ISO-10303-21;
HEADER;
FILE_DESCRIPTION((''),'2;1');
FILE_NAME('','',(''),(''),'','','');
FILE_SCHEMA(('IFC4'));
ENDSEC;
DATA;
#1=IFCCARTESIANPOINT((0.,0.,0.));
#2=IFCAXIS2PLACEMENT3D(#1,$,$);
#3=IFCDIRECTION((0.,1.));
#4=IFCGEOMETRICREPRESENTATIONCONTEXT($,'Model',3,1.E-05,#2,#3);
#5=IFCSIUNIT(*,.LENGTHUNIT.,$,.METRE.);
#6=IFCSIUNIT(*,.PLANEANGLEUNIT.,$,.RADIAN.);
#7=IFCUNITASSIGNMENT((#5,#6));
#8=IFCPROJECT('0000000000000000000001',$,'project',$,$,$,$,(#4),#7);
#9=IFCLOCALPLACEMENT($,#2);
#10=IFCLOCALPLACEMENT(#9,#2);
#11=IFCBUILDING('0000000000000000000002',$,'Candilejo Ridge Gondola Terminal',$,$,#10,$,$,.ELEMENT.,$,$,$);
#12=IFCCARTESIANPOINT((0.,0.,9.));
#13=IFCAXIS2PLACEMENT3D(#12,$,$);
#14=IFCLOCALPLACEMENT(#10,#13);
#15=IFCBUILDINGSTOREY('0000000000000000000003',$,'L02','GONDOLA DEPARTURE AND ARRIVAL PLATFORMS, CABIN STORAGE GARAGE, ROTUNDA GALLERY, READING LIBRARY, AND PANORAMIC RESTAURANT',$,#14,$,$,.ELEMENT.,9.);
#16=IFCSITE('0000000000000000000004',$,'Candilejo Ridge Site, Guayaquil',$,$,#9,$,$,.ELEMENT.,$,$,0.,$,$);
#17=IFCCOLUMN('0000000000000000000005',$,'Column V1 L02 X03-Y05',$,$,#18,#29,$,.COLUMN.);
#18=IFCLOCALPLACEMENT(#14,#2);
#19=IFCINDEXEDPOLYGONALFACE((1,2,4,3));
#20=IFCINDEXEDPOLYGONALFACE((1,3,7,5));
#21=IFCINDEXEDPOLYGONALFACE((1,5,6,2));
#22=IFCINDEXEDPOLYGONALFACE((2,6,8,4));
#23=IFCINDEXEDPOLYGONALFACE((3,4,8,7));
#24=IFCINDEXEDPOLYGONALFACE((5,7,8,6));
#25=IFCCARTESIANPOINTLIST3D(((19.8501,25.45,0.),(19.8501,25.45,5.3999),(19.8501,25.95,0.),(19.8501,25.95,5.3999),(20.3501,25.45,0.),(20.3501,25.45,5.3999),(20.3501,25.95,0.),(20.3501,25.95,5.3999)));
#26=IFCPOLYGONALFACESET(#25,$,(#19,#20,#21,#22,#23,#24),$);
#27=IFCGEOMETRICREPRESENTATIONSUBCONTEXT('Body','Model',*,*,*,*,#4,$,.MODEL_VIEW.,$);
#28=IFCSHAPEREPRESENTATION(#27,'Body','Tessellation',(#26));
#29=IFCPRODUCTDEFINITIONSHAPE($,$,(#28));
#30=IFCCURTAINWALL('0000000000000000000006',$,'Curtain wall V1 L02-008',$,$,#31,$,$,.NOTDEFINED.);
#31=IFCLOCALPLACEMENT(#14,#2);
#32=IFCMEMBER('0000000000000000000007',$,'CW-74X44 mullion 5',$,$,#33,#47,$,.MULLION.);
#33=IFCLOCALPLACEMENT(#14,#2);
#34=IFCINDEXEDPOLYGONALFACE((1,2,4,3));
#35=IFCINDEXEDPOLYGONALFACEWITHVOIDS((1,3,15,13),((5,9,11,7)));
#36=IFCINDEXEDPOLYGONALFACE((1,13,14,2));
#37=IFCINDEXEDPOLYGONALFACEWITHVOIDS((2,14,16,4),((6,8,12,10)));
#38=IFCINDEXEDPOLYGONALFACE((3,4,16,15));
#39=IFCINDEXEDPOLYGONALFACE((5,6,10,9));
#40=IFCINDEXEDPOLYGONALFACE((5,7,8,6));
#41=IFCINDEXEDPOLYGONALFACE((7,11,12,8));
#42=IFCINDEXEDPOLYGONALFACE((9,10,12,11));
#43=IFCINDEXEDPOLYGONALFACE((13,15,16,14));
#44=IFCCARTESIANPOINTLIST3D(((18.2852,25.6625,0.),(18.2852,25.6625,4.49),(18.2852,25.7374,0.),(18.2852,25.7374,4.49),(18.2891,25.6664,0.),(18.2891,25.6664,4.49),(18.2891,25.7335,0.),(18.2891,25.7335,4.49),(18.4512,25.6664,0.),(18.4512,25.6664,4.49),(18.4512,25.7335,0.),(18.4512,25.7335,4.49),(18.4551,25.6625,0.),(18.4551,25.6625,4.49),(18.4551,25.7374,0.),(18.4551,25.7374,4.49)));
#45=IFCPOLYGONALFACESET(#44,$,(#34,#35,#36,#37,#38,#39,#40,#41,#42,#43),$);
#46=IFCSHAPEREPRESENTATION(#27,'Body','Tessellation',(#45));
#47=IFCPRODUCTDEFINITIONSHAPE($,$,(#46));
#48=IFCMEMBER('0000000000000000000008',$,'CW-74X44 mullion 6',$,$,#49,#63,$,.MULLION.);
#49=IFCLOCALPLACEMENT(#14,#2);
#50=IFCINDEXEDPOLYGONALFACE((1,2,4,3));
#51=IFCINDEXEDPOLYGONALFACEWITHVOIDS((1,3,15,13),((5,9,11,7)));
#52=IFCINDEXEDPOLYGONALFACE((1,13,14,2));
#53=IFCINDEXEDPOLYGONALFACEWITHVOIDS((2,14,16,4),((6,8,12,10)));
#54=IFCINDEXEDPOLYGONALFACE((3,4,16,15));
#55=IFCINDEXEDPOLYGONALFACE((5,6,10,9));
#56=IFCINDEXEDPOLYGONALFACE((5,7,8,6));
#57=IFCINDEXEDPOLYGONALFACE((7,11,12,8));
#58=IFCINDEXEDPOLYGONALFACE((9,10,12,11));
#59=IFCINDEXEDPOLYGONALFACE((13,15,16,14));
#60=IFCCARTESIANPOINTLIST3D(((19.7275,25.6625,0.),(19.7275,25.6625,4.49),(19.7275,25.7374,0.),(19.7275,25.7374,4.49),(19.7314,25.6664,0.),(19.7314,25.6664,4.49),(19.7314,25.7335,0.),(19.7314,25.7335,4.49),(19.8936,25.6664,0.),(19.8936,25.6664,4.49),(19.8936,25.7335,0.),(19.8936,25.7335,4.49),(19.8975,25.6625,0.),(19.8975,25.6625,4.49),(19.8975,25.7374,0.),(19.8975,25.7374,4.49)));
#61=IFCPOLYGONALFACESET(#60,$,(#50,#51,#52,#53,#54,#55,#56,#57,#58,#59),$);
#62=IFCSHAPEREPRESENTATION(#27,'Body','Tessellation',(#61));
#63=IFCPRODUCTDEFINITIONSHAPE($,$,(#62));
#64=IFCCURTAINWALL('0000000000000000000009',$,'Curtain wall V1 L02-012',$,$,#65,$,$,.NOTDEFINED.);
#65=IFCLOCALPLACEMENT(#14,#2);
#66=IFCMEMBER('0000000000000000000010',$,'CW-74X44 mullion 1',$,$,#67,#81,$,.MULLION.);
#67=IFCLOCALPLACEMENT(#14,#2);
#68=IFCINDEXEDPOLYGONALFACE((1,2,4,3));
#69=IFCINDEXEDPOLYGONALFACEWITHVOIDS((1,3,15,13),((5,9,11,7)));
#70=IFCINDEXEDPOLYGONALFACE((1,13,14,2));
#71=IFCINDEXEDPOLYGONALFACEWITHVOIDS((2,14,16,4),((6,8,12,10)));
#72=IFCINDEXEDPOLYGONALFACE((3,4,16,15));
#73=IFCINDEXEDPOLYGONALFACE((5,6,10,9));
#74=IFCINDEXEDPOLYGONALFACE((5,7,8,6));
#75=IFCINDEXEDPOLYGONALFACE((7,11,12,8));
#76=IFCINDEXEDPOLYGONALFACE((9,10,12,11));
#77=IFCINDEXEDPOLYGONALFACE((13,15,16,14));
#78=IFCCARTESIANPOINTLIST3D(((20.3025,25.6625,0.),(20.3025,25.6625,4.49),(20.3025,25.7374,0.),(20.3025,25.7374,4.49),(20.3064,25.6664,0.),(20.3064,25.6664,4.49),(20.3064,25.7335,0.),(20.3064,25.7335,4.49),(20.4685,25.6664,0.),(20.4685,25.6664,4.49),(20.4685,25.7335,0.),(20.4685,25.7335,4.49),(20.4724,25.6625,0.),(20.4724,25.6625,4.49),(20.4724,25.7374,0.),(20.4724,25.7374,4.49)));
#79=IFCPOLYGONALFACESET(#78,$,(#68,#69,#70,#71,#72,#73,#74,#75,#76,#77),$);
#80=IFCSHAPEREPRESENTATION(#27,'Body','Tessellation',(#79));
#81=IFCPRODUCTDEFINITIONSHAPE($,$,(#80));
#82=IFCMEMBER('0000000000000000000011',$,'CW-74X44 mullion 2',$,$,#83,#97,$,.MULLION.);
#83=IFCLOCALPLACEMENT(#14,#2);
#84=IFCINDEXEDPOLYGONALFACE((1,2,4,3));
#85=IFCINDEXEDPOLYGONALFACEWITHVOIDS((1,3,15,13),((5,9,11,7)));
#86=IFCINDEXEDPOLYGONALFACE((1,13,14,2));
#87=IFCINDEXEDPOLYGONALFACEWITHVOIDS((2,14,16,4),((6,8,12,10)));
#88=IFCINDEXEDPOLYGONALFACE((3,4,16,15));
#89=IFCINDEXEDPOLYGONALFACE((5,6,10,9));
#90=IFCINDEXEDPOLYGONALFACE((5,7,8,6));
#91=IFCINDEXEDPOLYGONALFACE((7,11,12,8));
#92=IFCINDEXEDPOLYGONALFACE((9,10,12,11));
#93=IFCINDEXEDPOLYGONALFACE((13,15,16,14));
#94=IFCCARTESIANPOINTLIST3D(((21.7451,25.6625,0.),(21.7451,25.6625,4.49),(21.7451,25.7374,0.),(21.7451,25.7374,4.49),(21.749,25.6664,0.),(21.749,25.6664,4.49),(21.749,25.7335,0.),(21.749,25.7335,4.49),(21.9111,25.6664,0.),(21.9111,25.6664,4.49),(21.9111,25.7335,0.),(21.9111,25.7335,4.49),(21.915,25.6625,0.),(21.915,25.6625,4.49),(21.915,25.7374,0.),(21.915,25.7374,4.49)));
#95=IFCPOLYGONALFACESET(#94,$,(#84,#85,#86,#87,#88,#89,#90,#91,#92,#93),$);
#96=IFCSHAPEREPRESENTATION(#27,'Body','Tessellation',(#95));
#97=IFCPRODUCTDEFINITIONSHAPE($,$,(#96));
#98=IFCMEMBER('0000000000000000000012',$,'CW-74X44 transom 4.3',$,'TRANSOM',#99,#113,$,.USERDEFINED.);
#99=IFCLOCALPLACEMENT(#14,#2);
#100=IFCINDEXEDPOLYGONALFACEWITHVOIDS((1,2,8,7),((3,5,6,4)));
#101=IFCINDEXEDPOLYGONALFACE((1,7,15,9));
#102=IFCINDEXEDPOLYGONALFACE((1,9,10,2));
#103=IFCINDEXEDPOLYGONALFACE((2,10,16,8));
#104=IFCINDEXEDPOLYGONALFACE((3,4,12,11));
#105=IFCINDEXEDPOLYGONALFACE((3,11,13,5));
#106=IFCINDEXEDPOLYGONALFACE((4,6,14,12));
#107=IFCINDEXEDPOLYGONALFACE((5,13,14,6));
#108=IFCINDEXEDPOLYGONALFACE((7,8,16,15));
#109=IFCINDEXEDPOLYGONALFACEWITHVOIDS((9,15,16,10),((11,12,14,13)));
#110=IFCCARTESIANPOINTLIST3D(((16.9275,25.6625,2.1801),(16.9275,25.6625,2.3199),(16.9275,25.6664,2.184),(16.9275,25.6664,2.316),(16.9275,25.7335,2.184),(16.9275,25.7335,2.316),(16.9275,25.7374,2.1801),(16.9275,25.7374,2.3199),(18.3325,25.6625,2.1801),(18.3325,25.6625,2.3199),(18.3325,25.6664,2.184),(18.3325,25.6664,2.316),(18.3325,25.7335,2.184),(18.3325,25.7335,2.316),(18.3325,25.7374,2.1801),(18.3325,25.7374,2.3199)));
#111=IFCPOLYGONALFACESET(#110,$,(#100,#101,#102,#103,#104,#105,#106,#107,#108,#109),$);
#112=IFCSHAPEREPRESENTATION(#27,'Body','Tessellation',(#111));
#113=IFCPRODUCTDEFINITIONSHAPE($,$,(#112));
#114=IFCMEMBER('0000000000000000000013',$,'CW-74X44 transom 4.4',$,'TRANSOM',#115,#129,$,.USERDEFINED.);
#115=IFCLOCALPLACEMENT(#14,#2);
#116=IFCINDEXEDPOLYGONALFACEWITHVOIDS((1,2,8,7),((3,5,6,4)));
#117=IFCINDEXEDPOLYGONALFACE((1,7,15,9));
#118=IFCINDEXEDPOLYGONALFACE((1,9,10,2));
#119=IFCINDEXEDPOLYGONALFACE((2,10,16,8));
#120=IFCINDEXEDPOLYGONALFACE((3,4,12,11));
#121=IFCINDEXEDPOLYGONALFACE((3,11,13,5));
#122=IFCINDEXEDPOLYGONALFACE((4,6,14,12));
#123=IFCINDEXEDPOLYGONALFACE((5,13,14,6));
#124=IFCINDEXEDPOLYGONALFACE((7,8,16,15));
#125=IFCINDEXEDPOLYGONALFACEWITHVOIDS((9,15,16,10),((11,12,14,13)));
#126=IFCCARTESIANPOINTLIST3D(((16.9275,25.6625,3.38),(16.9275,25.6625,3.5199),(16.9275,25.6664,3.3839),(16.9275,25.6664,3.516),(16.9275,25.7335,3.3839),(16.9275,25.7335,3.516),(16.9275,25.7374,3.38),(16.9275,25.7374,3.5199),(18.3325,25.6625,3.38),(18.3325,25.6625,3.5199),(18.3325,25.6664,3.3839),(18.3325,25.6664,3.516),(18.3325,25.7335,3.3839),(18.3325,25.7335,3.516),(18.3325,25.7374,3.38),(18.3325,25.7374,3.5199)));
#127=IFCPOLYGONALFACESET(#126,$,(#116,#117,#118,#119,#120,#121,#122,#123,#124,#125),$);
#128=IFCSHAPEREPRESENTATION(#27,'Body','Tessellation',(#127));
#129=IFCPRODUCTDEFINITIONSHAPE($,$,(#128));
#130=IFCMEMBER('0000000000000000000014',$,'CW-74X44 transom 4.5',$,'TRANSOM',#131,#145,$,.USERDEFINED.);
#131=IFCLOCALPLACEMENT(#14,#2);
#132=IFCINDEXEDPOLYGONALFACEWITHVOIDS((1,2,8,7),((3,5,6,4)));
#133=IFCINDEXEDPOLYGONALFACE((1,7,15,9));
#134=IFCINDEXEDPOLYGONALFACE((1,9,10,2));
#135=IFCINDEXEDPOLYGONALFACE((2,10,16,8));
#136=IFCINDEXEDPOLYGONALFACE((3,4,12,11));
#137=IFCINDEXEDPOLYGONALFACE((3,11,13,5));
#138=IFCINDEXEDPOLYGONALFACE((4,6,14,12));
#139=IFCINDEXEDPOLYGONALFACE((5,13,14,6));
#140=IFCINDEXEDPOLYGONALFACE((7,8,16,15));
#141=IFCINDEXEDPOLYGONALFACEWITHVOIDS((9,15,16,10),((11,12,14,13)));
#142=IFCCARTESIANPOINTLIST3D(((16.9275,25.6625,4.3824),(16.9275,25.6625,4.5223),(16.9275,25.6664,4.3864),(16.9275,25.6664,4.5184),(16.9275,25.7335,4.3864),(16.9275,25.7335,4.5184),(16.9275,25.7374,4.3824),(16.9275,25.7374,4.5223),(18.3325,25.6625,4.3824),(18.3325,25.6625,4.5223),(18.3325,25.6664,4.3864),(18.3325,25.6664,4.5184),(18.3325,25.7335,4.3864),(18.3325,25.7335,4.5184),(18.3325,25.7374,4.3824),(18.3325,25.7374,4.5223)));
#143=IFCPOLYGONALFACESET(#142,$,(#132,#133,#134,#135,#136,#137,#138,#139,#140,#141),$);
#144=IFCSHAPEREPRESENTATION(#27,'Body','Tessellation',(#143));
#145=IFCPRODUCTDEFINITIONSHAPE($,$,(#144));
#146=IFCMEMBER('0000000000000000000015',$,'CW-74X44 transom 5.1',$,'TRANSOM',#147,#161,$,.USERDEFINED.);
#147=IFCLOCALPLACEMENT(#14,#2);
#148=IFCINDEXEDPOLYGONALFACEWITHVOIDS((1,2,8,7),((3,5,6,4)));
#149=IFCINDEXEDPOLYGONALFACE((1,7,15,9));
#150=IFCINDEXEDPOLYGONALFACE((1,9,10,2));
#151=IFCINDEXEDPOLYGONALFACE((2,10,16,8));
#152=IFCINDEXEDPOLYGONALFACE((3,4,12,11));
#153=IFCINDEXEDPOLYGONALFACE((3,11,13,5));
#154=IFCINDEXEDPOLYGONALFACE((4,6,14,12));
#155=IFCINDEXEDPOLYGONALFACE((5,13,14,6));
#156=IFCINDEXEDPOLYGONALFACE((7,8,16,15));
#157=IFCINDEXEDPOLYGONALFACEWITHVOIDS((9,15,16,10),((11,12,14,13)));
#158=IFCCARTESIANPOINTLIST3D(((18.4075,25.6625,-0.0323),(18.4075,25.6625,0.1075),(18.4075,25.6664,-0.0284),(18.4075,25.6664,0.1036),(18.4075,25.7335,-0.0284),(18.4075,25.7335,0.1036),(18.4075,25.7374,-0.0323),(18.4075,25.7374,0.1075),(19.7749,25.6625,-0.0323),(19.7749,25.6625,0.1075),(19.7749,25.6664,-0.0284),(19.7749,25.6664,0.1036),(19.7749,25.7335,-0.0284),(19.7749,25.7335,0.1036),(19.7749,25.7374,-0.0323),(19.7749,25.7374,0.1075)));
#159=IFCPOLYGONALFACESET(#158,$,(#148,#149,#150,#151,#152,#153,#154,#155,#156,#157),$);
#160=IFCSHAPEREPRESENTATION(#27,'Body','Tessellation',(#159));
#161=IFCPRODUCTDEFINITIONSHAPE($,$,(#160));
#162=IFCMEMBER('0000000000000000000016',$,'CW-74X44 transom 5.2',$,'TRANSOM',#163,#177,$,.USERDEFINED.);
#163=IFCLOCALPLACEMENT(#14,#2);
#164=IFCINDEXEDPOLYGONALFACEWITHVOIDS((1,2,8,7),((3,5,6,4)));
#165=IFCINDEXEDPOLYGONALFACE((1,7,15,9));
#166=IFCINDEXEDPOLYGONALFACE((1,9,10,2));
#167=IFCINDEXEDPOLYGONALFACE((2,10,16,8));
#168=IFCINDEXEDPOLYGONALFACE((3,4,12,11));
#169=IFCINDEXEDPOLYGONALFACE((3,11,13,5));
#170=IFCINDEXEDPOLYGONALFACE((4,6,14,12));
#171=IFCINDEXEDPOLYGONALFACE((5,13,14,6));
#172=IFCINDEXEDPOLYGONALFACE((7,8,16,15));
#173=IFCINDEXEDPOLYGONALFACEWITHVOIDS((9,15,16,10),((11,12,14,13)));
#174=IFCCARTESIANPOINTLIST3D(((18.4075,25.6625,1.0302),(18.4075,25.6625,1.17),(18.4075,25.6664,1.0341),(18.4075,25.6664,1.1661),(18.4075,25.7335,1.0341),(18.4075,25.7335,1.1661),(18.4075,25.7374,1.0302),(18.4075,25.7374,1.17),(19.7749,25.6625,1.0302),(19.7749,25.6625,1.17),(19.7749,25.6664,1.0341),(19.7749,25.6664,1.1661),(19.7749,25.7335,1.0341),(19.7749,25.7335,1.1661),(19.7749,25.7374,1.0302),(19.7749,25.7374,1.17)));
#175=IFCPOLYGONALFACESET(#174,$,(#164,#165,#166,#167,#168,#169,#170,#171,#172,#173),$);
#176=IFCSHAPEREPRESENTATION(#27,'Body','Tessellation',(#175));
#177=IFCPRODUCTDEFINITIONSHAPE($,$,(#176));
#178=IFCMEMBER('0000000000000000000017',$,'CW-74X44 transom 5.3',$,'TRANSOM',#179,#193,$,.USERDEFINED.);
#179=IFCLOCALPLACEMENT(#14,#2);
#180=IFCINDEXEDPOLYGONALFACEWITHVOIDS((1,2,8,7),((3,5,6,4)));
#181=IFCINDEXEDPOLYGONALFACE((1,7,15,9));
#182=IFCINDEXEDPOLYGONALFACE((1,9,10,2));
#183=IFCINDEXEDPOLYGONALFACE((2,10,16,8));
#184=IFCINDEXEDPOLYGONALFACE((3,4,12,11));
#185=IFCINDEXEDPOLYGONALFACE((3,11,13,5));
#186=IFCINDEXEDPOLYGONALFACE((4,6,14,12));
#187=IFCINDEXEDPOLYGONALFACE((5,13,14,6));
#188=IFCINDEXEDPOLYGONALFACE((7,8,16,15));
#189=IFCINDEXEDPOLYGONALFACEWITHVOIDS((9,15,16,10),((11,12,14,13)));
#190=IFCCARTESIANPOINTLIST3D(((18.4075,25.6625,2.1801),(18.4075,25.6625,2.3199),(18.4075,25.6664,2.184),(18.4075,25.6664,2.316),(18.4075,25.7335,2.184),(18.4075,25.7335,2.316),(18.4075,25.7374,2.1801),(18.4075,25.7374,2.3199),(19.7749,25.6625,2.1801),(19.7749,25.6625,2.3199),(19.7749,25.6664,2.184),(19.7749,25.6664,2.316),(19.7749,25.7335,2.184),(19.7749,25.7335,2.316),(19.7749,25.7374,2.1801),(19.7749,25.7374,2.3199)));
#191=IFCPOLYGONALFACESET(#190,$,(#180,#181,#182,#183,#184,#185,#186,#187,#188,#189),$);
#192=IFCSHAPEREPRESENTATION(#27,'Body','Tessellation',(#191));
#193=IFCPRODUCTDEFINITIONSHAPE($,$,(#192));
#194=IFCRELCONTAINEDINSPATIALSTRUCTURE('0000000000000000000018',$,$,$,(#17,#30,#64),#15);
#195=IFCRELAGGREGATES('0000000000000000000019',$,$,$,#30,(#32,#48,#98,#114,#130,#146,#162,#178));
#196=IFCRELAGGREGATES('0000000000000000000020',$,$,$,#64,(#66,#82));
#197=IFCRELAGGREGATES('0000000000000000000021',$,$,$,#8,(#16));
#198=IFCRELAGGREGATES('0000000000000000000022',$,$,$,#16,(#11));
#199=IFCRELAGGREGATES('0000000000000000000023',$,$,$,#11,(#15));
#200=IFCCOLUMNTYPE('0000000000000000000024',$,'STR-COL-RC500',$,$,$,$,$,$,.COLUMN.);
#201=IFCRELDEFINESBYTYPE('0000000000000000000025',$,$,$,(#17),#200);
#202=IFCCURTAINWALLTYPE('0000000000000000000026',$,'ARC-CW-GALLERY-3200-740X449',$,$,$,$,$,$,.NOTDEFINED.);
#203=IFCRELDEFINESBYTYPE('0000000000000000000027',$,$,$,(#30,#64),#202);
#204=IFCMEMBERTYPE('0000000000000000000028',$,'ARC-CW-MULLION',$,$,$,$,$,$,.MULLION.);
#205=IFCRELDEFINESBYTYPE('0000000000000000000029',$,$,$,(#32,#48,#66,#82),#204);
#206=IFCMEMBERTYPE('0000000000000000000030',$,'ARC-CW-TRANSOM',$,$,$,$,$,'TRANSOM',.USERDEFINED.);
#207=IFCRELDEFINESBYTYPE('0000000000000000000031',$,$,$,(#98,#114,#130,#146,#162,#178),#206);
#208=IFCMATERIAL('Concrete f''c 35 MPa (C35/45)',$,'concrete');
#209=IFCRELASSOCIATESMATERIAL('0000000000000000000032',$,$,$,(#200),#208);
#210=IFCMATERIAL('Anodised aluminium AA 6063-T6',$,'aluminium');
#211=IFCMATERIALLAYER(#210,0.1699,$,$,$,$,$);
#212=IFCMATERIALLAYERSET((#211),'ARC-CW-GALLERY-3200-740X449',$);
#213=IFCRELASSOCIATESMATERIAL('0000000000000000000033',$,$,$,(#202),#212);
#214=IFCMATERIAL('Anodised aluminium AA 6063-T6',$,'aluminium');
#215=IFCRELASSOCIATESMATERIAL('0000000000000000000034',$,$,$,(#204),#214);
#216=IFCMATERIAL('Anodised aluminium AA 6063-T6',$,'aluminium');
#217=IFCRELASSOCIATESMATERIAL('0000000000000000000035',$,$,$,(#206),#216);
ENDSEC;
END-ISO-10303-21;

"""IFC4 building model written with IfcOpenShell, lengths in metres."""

from ifc_helpers import new_model, si_unit, direction, frame, origin, origin_2d, place, context, subcontext, project, spatial, rectangle, hollow_rectangle, extrude, material, layer, layer_set, material_profile, profile_set, type_object, element, aggregate, save


model = new_model("IFC4")

# Units and contexts
model_context = context("Model", 3, precision=1e-05, world=origin(), true_north=direction((0.0, 1.0)))
body_context = subcontext(model_context, "Body", "Model", "MODEL_VIEW")
ifc_project = project(units=[si_unit("LENGTHUNIT", "METRE"), si_unit("PLANEANGLEUNIT", "RADIAN")], contexts=[model_context])

# Site, building, storey
site_placement = place(None, origin())
site = spatial("IfcSite", under=ifc_project, at=site_placement, Name="Candilejo Ridge Site, Guayaquil", CompositionType="ELEMENT", RefElevation=0.0)
building_placement = place(site_placement, origin())
building = spatial("IfcBuilding", under=site, at=building_placement, Name="Candilejo Ridge Gondola Terminal", CompositionType="ELEMENT")
storey_placement = place(building_placement, frame((0.0, 0.0, 9.0)))
storey = spatial("IfcBuildingStorey", under=building, at=storey_placement, Name="L02", Description="GONDOLA DEPARTURE AND ARRIVAL PLATFORMS, CABIN STORAGE GARAGE, ROTUNDA GALLERY, READING LIBRARY, AND PANORAMIC RESTAURANT", CompositionType="ELEMENT", Elevation=9.0)

# Column
ifc_material_1 = material(Name="Concrete f'c 35 MPa (C35/45)", Category="concrete")
ifc_material_profile_1 = material_profile(ifc_material_1, rectangle(XDim=0.5, YDim=0.5, at=origin_2d()))
ifc_profile_set_1 = profile_set([ifc_material_profile_1], Name="Concrete f'c 35 MPa (C35/45)")
column_type = type_object("IfcColumnType", Name="STR-COL-RC500", PredefinedType="COLUMN", material=ifc_profile_set_1)
column_placement = place(storey_placement, frame((20.1001, 25.7, 0.0), z_axis=(0.0, 0.0, 1.0), x_axis=(1.0, 0.0, 0.0)))
element("IfcColumn", 1, at=column_placement, inside=storey, type_object=column_type, Name="Column V1 L02 X03-Y05", PredefinedType="COLUMN", context=body_context, shape_type="SweptSolid", body=[
    extrude(rectangle(XDim=0.5, YDim=0.5, at=origin_2d()), origin(), (0.0, 0.0, 1.0), 5.3999),
])

# Curtain walls, members
ifc_material_2 = material(Name="Anodised aluminium AA 6063-T6", Category="aluminium")
ifc_layer_1 = layer(ifc_material_2, 0.1699)
ifc_layer_set_1 = layer_set([ifc_layer_1], Name="ARC-CW-GALLERY-3200-740X449")
curtain_wall_type = type_object("IfcCurtainWallType", Name="ARC-CW-GALLERY-3200-740X449", PredefinedType="NOTDEFINED", material=ifc_layer_set_1)
curtain_wall_1_placement = place(storey_placement, origin())
curtain_wall_1 = element("IfcCurtainWall", 2, at=curtain_wall_1_placement, inside=storey, type_object=curtain_wall_type, Name="Curtain wall V1 L02-008", PredefinedType="NOTDEFINED")
ifc_material_3 = material(Name="Anodised aluminium AA 6063-T6", Category="aluminium")
ifc_material_profile_2 = material_profile(ifc_material_3, hollow_rectangle(XDim=0.075, YDim=0.1699, WallThickness=0.0039, at=origin_2d()))
ifc_profile_set_2 = profile_set([ifc_material_profile_2], Name="Anodised aluminium AA 6063-T6")
member_type_1 = type_object("IfcMemberType", Name="ARC-CW-MULLION", PredefinedType="MULLION", material=ifc_profile_set_2)
member_1_placement = place(storey_placement, frame((18.3701, 25.7, 0.0), z_axis=(0.0, 0.0, 1.0), x_axis=(0.0, 1.0, 0.0)))
member_1 = element("IfcMember", 3, at=member_1_placement, type_object=member_type_1, Name="CW-74X44 mullion 5", PredefinedType="MULLION", context=body_context, shape_type="SweptSolid", body=[
    extrude(hollow_rectangle(XDim=0.075, YDim=0.1699, WallThickness=0.0039, at=origin_2d()), origin(), (0.0, 0.0, 1.0), 4.49),
])
member_2_placement = place(storey_placement, frame((19.8125, 25.7, 0.0), z_axis=(0.0, 0.0, 1.0), x_axis=(0.0, 1.0, 0.0)))
member_2 = element("IfcMember", 4, at=member_2_placement, type_object=member_type_1, Name="CW-74X44 mullion 6", PredefinedType="MULLION", context=body_context, shape_type="SweptSolid", body=[
    extrude(hollow_rectangle(XDim=0.075, YDim=0.1699, WallThickness=0.0039, at=origin_2d()), origin(), (0.0, 0.0, 1.0), 4.49),
])
curtain_wall_2_placement = place(storey_placement, origin())
curtain_wall_2 = element("IfcCurtainWall", 5, at=curtain_wall_2_placement, inside=storey, type_object=curtain_wall_type, Name="Curtain wall V1 L02-012", PredefinedType="NOTDEFINED")
member_3_placement = place(storey_placement, frame((20.3875, 25.7, 0.0), z_axis=(0.0, 0.0, 1.0), x_axis=(0.0, 1.0, 0.0)))
member_3 = element("IfcMember", 6, at=member_3_placement, type_object=member_type_1, Name="CW-74X44 mullion 1", PredefinedType="MULLION", context=body_context, shape_type="SweptSolid", body=[
    extrude(hollow_rectangle(XDim=0.075, YDim=0.1699, WallThickness=0.0039, at=origin_2d()), origin(), (0.0, 0.0, 1.0), 4.49),
])
member_4_placement = place(storey_placement, frame((21.8301, 25.7, 0.0), z_axis=(0.0, 0.0, 1.0), x_axis=(0.0, 1.0, 0.0)))
member_4 = element("IfcMember", 7, at=member_4_placement, type_object=member_type_1, Name="CW-74X44 mullion 2", PredefinedType="MULLION", context=body_context, shape_type="SweptSolid", body=[
    extrude(hollow_rectangle(XDim=0.075, YDim=0.1699, WallThickness=0.0039, at=origin_2d()), origin(), (0.0, 0.0, 1.0), 4.49),
])

# Members
ifc_material_4 = material(Name="Anodised aluminium AA 6063-T6", Category="aluminium")
ifc_material_profile_3 = material_profile(ifc_material_4, hollow_rectangle(XDim=0.075, YDim=0.1399, WallThickness=0.0039, at=origin_2d()))
ifc_profile_set_3 = profile_set([ifc_material_profile_3], Name="Anodised aluminium AA 6063-T6")
member_type_2 = type_object("IfcMemberType", Name="ARC-CW-TRANSOM", ElementType="TRANSOM", PredefinedType="USERDEFINED", material=ifc_profile_set_3)
member_5_placement = place(storey_placement, frame((16.9275, 25.7, 2.25), z_axis=(1.0, 0.0, 0.0), x_axis=(0.0, 1.0, 0.0)))
member_5 = element("IfcMember", 8, at=member_5_placement, type_object=member_type_2, Name="CW-74X44 transom 4.3", ObjectType="TRANSOM", PredefinedType="USERDEFINED", context=body_context, shape_type="SweptSolid", body=[
    extrude(hollow_rectangle(XDim=0.075, YDim=0.1399, WallThickness=0.0039, at=origin_2d()), origin(), (0.0, 0.0, 1.0), 1.405),
])
member_6_placement = place(storey_placement, frame((16.9275, 25.7, 3.45), z_axis=(1.0, 0.0, 0.0), x_axis=(0.0, 1.0, 0.0)))
member_6 = element("IfcMember", 9, at=member_6_placement, type_object=member_type_2, Name="CW-74X44 transom 4.4", ObjectType="TRANSOM", PredefinedType="USERDEFINED", context=body_context, shape_type="SweptSolid", body=[
    extrude(hollow_rectangle(XDim=0.075, YDim=0.1399, WallThickness=0.0039, at=origin_2d()), origin(), (0.0, 0.0, 1.0), 1.405),
])
member_7_placement = place(storey_placement, frame((16.9275, 25.7, 4.4524), z_axis=(1.0, 0.0, 0.0), x_axis=(0.0, 1.0, 0.0)))
member_7 = element("IfcMember", 10, at=member_7_placement, type_object=member_type_2, Name="CW-74X44 transom 4.5", ObjectType="TRANSOM", PredefinedType="USERDEFINED", context=body_context, shape_type="SweptSolid", body=[
    extrude(hollow_rectangle(XDim=0.075, YDim=0.1399, WallThickness=0.0039, at=origin_2d()), origin(), (0.0, 0.0, 1.0), 1.405),
])
member_8_placement = place(storey_placement, frame((18.4075, 25.7, 0.0376), z_axis=(1.0, 0.0, 0.0), x_axis=(0.0, 1.0, 0.0)))
member_8 = element("IfcMember", 11, at=member_8_placement, type_object=member_type_2, Name="CW-74X44 transom 5.1", ObjectType="TRANSOM", PredefinedType="USERDEFINED", context=body_context, shape_type="SweptSolid", body=[
    extrude(hollow_rectangle(XDim=0.075, YDim=0.1399, WallThickness=0.0039, at=origin_2d()), origin(), (0.0, 0.0, 1.0), 1.3674),
])
member_9_placement = place(storey_placement, frame((18.4075, 25.7, 1.1001), z_axis=(1.0, 0.0, 0.0), x_axis=(0.0, 1.0, 0.0)))
member_9 = element("IfcMember", 12, at=member_9_placement, type_object=member_type_2, Name="CW-74X44 transom 5.2", ObjectType="TRANSOM", PredefinedType="USERDEFINED", context=body_context, shape_type="SweptSolid", body=[
    extrude(hollow_rectangle(XDim=0.075, YDim=0.1399, WallThickness=0.0039, at=origin_2d()), origin(), (0.0, 0.0, 1.0), 1.3674),
])
member_10_placement = place(storey_placement, frame((18.4075, 25.7, 2.25), z_axis=(1.0, 0.0, 0.0), x_axis=(0.0, 1.0, 0.0)))
member_10 = element("IfcMember", 13, at=member_10_placement, type_object=member_type_2, Name="CW-74X44 transom 5.3", ObjectType="TRANSOM", PredefinedType="USERDEFINED", context=body_context, shape_type="SweptSolid", body=[
    extrude(hollow_rectangle(XDim=0.075, YDim=0.1399, WallThickness=0.0039, at=origin_2d()), origin(), (0.0, 0.0, 1.0), 1.3674),
])

aggregate(curtain_wall_1, [member_1, member_2, member_5, member_6, member_7, member_8, member_9, member_10])
aggregate(curtain_wall_2, [member_3, member_4])

save(model, "model.ifc")
